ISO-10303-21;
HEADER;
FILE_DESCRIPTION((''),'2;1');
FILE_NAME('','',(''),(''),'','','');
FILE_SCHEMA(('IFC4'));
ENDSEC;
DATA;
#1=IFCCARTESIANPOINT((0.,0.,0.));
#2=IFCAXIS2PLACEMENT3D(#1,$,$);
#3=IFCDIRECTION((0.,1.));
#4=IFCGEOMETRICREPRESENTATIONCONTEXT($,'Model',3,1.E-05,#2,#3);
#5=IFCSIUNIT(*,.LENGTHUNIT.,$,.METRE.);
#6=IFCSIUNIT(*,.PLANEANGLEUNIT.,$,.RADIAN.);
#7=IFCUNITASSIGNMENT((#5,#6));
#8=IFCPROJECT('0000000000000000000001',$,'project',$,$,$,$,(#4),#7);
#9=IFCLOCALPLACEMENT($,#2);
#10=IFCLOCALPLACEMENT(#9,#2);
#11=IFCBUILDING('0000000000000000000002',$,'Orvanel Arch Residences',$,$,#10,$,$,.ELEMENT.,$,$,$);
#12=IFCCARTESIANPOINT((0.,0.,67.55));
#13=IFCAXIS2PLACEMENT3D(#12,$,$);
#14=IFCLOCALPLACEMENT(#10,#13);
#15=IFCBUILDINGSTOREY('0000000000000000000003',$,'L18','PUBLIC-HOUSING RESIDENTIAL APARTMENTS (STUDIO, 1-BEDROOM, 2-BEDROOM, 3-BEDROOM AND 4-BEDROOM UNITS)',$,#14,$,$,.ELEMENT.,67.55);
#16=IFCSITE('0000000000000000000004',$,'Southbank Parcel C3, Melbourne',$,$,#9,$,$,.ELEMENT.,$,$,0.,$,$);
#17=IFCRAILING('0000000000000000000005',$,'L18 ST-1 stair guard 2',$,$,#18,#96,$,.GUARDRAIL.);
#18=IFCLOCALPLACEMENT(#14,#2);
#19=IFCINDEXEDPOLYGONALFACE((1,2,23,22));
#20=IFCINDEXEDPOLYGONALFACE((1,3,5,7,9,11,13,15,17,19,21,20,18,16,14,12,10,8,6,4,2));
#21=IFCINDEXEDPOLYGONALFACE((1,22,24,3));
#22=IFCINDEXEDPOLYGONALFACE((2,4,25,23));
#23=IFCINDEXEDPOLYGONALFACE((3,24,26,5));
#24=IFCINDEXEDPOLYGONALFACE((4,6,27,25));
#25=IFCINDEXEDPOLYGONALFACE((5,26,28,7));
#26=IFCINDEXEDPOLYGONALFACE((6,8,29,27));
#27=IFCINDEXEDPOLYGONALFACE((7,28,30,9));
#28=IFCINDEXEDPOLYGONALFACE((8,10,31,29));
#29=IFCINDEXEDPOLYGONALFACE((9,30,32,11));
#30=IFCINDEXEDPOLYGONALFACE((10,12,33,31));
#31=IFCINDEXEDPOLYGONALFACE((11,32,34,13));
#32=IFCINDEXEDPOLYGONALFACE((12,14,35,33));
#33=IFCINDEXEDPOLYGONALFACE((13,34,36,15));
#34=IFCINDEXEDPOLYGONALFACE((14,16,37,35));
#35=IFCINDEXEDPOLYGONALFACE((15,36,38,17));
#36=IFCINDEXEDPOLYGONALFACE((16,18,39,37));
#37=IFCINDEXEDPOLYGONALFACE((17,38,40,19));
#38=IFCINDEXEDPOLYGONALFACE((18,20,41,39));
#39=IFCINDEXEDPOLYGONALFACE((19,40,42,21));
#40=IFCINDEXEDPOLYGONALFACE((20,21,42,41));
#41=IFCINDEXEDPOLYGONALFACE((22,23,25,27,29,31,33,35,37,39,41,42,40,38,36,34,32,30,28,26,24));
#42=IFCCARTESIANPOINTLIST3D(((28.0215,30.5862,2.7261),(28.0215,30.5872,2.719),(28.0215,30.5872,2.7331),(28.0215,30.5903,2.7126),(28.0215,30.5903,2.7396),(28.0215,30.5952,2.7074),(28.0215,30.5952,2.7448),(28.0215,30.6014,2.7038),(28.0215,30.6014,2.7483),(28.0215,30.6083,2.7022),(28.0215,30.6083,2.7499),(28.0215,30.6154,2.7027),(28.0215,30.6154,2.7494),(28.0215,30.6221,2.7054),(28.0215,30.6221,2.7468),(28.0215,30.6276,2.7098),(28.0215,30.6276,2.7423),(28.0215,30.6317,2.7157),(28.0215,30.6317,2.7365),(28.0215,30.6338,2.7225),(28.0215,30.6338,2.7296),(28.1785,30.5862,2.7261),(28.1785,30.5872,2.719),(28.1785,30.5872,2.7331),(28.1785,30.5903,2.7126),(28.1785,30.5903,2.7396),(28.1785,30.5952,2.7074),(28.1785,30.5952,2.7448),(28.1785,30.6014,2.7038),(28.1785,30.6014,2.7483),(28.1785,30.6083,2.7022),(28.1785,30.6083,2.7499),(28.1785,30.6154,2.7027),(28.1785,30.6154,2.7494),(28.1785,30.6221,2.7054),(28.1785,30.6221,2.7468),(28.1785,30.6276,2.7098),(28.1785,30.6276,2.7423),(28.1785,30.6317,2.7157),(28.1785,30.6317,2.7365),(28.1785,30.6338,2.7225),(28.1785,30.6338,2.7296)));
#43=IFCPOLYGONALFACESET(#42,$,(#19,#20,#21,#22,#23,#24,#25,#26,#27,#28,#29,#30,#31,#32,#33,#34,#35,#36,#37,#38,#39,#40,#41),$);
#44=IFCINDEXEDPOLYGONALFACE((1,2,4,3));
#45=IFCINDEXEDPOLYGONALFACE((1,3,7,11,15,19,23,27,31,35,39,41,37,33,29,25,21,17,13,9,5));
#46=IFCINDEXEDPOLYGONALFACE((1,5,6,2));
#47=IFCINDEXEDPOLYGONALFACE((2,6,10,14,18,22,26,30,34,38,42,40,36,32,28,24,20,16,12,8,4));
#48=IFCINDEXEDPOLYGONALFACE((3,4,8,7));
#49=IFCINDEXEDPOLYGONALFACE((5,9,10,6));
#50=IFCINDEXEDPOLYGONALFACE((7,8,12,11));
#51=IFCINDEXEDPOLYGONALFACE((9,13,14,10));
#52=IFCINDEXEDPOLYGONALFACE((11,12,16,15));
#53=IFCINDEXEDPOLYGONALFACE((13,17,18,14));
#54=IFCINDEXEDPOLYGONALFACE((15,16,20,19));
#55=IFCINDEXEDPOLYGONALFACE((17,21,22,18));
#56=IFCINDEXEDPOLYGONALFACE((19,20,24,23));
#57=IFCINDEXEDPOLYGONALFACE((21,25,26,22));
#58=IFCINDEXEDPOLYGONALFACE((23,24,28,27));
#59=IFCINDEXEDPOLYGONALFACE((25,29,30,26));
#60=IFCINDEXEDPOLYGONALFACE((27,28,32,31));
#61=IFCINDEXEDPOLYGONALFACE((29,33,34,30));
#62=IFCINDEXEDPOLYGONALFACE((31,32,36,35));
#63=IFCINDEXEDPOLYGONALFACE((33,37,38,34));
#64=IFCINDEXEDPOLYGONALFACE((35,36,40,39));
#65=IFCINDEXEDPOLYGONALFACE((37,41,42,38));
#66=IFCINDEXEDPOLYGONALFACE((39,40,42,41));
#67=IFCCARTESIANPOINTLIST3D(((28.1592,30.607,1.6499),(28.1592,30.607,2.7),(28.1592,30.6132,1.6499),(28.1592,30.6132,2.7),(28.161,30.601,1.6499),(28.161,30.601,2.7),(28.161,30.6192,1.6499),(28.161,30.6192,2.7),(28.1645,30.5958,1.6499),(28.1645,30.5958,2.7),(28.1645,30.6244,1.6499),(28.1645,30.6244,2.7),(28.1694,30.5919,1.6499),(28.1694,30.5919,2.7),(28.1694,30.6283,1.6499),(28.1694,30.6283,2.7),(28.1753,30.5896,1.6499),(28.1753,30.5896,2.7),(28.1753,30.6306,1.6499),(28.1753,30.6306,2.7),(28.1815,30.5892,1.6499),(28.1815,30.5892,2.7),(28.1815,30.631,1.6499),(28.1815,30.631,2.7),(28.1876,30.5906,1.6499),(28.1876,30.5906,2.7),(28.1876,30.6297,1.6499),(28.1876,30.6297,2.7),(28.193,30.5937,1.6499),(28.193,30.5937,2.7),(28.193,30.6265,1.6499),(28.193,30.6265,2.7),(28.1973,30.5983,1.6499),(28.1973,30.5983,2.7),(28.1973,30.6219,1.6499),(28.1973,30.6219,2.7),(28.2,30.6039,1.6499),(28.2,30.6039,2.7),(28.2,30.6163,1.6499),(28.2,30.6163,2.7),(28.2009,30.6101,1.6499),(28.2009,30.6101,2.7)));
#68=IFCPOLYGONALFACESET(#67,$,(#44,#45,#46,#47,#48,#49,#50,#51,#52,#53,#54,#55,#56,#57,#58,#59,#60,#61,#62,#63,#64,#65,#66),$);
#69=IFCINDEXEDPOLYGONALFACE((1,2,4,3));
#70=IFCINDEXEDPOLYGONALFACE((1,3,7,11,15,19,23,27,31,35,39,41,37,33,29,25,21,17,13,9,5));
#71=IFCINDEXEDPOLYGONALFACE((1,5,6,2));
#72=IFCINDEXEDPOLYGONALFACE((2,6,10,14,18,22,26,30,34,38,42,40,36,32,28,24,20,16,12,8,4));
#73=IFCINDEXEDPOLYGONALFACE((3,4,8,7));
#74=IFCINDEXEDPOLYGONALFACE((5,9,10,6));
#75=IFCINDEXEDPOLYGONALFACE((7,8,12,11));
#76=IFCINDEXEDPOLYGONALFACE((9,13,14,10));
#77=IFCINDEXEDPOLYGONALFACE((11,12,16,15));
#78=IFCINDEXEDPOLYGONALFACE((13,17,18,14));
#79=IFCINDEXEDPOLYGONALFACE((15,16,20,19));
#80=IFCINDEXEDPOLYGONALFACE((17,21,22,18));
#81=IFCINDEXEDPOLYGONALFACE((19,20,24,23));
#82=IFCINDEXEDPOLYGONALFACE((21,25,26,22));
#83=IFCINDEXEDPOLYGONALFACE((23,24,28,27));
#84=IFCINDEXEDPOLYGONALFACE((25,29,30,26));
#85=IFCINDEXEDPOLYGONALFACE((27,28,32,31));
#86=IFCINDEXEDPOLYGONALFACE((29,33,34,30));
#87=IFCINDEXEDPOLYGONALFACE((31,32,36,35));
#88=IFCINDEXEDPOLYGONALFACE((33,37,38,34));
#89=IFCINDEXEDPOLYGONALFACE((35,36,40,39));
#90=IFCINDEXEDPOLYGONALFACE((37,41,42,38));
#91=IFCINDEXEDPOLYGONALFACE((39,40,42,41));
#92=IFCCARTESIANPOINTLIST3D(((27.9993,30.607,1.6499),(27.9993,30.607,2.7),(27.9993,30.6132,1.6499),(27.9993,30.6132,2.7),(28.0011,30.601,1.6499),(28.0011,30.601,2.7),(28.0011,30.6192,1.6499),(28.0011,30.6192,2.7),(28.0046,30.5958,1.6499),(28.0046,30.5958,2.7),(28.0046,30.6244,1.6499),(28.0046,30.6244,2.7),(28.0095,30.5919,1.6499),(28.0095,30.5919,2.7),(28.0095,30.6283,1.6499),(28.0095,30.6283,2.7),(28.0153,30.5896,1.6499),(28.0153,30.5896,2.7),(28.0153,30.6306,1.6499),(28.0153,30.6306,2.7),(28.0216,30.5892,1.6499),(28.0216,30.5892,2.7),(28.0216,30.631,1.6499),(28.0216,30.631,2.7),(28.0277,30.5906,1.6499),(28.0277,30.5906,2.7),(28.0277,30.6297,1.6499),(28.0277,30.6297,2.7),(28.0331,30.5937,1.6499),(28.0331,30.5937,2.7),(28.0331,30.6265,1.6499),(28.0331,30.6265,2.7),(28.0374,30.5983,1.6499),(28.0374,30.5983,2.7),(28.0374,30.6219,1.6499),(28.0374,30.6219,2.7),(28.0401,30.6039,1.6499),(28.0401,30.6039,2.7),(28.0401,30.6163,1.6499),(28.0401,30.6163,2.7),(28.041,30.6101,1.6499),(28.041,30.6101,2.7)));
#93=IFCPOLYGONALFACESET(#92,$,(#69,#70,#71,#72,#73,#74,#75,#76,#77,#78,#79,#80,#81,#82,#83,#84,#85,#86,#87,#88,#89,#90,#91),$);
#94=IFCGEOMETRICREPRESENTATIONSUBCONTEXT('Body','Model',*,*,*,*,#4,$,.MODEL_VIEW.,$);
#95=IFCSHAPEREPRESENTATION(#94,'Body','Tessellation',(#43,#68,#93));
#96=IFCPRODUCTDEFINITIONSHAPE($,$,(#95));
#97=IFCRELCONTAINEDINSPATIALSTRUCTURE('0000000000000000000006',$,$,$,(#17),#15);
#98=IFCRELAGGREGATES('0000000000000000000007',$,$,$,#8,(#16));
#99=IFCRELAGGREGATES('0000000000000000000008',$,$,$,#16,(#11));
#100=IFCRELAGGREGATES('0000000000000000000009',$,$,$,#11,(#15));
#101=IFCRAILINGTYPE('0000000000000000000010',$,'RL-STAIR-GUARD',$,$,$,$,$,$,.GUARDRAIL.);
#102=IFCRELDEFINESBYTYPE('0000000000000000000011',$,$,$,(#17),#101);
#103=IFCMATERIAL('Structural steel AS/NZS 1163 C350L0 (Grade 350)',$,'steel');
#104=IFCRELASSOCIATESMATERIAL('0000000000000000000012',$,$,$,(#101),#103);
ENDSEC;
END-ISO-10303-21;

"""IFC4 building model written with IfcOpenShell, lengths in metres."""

from ifc_helpers import new_model, si_unit, direction, frame, origin, origin_2d, place, context, subcontext, project, spatial, circle, extrude, material, type_object, element, save


model = new_model("IFC4")

# Units and contexts
model_context = context("Model", 3, precision=1e-05, world=origin(), true_north=direction((0.0, 1.0)))
body_context = subcontext(model_context, "Body", "Model", "MODEL_VIEW")
ifc_project = project(units=[si_unit("LENGTHUNIT", "METRE"), si_unit("PLANEANGLEUNIT", "RADIAN")], contexts=[model_context])

# Site, building, storey
site_placement = place(None, origin())
site = spatial("IfcSite", under=ifc_project, at=site_placement, Name="Southbank Parcel C3, Melbourne", CompositionType="ELEMENT", RefElevation=0.0)
building_placement = place(site_placement, origin())
building = spatial("IfcBuilding", under=site, at=building_placement, Name="Orvanel Arch Residences", CompositionType="ELEMENT")
storey_placement = place(building_placement, frame((0.0, 0.0, 67.55)))
storey = spatial("IfcBuildingStorey", under=building, at=storey_placement, Name="L18", Description="PUBLIC-HOUSING RESIDENTIAL APARTMENTS (STUDIO, 1-BEDROOM, 2-BEDROOM, 3-BEDROOM AND 4-BEDROOM UNITS)", CompositionType="ELEMENT", Elevation=67.55)

# Railing
ifc_material_1 = material(Name="Structural steel AS/NZS 1163 C350L0 (Grade 350)", Category="steel")
railing_type_1 = type_object("IfcRailingType", Name="RL-STAIR-GUARD", PredefinedType="GUARDRAIL", material=ifc_material_1)
railing_1_placement = place(storey_placement, frame((28.1799, 30.6101, 1.6499)))
element("IfcRailing", 1, at=railing_1_placement, inside=storey, type_object=railing_type_1, Name="L18 ST-1 stair guard 2", PredefinedType="GUARDRAIL", context=body_context, shape_type="SweptSolid", body=[
    extrude(circle(Radius=0.0239, at=origin_2d()), frame((-0.0015, 0.0, 1.0762), z_axis=(-1.0, 0.0, 0.0), x_axis=(0.0, -1.0, 0.0)), (0.0, 0.0, 1.0), 0.157),
    extrude(circle(Radius=0.021, at=origin_2d()), origin(), (0.0, 0.0, 1.0), 1.05),
    extrude(circle(Radius=0.021, at=origin_2d()), frame((-0.1599, 0.0, 0.0)), (0.0, 0.0, 1.0), 1.05),
])

save(model, "model.ifc")
